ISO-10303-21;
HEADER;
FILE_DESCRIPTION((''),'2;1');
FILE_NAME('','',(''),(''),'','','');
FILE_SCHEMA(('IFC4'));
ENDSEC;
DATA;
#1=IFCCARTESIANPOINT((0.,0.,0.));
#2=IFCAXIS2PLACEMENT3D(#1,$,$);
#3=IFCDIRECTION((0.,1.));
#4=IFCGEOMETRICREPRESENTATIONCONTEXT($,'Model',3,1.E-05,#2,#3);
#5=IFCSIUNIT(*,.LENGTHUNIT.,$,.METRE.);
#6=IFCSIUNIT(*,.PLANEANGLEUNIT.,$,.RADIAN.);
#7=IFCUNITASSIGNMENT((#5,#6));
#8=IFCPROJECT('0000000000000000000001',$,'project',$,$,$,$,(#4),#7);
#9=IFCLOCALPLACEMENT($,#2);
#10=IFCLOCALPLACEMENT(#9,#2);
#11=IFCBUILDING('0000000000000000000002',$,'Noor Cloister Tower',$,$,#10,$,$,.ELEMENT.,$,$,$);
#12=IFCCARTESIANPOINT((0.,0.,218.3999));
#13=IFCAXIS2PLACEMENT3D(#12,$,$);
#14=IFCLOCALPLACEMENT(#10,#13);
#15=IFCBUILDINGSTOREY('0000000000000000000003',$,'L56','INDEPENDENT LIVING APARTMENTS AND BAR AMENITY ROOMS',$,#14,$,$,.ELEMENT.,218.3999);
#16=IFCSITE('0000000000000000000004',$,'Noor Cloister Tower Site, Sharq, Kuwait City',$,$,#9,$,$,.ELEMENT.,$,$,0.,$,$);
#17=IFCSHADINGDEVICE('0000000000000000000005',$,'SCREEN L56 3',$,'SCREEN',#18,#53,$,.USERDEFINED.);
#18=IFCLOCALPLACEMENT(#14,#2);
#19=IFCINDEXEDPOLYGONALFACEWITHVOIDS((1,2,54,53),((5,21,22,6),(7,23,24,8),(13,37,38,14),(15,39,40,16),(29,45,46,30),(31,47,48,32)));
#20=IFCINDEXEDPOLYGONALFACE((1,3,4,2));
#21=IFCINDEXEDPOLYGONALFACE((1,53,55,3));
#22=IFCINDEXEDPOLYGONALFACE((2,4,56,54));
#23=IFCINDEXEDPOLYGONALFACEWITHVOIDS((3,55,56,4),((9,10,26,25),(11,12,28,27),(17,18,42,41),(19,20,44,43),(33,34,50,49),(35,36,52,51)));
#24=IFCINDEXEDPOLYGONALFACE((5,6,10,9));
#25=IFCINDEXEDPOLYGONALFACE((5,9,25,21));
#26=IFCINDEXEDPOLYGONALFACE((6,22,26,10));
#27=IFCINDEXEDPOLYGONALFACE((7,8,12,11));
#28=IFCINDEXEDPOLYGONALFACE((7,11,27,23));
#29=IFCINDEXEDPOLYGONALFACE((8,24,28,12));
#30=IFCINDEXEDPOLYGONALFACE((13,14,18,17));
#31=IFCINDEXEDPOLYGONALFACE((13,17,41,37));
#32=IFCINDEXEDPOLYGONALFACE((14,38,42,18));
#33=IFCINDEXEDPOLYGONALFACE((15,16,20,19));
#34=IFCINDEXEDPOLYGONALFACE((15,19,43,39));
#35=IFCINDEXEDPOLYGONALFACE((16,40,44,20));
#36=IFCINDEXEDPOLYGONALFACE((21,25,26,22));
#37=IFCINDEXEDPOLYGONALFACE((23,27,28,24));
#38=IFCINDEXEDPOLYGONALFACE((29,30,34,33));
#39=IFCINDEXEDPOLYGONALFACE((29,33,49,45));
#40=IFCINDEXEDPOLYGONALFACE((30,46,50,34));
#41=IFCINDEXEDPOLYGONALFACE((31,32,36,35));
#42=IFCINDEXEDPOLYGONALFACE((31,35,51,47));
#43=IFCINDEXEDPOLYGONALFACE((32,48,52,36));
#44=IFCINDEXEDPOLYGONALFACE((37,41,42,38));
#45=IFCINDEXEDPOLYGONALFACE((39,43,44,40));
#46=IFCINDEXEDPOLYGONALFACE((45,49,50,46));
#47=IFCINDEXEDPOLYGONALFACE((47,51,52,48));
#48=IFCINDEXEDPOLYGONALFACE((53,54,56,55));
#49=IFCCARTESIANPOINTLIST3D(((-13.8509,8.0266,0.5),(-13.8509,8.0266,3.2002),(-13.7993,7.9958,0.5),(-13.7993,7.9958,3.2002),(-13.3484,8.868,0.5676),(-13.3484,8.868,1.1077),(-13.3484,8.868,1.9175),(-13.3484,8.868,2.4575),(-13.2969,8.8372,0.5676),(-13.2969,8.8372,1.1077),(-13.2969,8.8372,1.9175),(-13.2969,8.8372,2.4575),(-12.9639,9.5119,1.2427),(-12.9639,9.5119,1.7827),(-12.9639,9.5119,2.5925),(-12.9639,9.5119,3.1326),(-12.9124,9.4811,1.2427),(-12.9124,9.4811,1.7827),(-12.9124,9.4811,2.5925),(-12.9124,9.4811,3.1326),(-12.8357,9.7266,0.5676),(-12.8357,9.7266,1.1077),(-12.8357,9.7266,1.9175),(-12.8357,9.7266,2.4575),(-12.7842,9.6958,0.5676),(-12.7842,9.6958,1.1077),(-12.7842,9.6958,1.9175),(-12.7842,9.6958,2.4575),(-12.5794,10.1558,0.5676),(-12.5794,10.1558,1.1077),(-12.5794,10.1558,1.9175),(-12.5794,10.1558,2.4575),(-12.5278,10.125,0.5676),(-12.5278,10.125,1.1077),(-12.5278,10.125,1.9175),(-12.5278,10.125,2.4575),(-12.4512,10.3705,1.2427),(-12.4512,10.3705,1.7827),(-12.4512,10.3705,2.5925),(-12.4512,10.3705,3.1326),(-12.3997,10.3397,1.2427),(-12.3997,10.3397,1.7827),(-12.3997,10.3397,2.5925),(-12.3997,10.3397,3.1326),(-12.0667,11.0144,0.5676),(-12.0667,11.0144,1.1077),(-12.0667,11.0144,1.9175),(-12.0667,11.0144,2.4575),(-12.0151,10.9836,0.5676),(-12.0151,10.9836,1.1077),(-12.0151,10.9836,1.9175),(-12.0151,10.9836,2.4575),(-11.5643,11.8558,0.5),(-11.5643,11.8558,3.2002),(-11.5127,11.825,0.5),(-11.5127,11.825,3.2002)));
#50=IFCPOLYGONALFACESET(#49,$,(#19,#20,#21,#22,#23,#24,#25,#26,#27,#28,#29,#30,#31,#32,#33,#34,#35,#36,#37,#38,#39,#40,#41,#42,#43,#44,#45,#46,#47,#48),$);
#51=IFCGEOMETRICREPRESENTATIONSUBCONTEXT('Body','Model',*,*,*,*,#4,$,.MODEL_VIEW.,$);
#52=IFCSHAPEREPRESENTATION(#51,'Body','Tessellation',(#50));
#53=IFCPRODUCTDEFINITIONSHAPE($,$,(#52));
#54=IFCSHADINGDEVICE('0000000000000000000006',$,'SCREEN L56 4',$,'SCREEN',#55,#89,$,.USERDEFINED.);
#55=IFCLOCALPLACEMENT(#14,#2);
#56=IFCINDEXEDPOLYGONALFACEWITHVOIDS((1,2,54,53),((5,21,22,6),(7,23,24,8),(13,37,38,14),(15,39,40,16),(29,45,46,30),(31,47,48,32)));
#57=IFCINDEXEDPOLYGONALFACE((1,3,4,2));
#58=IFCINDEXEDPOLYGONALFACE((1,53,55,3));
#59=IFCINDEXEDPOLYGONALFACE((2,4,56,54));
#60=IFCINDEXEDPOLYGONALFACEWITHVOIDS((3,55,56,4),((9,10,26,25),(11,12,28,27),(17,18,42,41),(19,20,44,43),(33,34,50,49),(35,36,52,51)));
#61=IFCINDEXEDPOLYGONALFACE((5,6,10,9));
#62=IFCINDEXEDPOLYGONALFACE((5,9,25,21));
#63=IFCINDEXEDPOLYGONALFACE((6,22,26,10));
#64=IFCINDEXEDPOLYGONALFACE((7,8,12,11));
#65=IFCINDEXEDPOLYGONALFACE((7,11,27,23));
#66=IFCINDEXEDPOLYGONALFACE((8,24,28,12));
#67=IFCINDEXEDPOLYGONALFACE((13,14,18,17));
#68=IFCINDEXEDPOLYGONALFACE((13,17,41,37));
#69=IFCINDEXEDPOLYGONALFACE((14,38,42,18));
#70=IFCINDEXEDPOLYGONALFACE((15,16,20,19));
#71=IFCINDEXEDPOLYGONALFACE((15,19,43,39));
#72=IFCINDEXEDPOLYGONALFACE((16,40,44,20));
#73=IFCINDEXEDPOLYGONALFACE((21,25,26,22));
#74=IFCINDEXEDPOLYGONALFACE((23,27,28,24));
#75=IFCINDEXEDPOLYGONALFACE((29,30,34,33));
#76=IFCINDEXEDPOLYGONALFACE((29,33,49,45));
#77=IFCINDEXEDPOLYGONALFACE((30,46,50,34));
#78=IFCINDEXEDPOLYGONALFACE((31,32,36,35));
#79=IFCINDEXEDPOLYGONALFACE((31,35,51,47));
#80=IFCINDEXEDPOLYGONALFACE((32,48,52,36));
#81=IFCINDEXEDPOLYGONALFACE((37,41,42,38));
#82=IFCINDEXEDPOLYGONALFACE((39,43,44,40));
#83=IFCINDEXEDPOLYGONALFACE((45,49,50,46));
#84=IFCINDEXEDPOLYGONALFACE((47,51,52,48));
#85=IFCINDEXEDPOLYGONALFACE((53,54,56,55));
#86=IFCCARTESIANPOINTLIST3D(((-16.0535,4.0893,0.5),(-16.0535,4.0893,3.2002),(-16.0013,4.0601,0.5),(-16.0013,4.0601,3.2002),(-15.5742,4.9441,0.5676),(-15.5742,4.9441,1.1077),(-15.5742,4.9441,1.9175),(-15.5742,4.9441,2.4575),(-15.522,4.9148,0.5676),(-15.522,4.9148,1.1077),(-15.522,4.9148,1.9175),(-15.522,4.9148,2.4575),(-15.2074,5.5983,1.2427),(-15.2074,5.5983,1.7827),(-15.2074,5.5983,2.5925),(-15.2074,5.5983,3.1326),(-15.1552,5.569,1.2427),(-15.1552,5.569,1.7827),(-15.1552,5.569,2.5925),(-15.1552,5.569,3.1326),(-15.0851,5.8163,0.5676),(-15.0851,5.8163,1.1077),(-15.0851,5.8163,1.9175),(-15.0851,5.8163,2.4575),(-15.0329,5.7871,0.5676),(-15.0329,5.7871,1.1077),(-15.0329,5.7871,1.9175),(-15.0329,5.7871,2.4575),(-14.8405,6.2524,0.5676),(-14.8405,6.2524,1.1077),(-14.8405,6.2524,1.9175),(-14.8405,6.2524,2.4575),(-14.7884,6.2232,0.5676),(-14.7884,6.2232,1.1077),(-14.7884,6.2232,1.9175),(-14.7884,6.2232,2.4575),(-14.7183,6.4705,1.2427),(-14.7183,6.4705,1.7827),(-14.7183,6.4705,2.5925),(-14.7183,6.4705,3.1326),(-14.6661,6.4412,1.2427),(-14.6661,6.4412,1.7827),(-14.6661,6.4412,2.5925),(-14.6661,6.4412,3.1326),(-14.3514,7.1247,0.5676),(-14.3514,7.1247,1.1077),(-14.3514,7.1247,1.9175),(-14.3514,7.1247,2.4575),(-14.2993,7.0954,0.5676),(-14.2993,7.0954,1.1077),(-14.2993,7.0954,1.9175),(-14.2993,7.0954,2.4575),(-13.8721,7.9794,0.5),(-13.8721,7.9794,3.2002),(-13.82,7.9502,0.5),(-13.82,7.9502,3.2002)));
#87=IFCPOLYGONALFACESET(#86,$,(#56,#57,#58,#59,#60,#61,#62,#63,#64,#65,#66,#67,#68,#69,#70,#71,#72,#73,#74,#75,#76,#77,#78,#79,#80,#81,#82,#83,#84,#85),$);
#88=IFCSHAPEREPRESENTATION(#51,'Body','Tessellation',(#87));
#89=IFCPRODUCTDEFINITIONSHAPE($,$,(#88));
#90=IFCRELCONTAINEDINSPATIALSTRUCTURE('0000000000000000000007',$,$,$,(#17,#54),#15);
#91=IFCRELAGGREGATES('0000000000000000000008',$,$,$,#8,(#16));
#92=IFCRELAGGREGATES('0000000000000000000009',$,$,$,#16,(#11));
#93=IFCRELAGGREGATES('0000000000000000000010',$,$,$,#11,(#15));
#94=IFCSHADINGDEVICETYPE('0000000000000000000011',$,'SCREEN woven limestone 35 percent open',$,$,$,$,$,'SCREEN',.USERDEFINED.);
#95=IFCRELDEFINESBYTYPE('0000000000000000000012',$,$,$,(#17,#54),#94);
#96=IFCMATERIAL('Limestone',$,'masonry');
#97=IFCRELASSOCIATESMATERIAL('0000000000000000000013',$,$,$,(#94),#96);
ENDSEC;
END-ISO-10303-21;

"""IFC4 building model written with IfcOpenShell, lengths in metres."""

from ifc_helpers import new_model, si_unit, direction, frame, origin, place, context, subcontext, project, spatial, polyline, outline, extrude, material, material_profile, profile_set, type_object, element, save


model = new_model("IFC4")

# Units and contexts
model_context = context("Model", 3, precision=1e-05, world=origin(), true_north=direction((0.0, 1.0)))
body_context = subcontext(model_context, "Body", "Model", "MODEL_VIEW")
ifc_project = project(units=[si_unit("LENGTHUNIT", "METRE"), si_unit("PLANEANGLEUNIT", "RADIAN")], contexts=[model_context])

# Site, building, storey
site_placement = place(None, origin())
site = spatial("IfcSite", under=ifc_project, at=site_placement, Name="Noor Cloister Tower Site, Sharq, Kuwait City", CompositionType="ELEMENT", RefElevation=0.0)
building_placement = place(site_placement, origin())
building = spatial("IfcBuilding", under=site, at=building_placement, Name="Noor Cloister Tower", CompositionType="ELEMENT")
storey_placement = place(building_placement, frame((0.0, 0.0, 218.3999)))
storey = spatial("IfcBuildingStorey", under=building, at=storey_placement, Name="L56", Description="INDEPENDENT LIVING APARTMENTS AND BAR AMENITY ROOMS", CompositionType="ELEMENT", Elevation=218.3999)

# Shading devices
ifc_material_1 = material(Name="Limestone", Category="masonry")
ifc_material_profile_1 = material_profile(ifc_material_1, outline(polyline([(-2.23, -1.3501), (2.23, -1.3501), (2.23, 1.3501), (-2.23, 1.3501), (-2.23, -1.3501)]), holes=[polyline([(-1.25, -1.2825), (-0.25, -1.2825), (-0.25, -0.7424), (-1.25, -0.7424), (-1.25, -1.2825)]), polyline([(0.25, -1.2825), (1.25, -1.2825), (1.25, -0.7424), (0.25, -0.7424), (0.25, -1.2825)]), polyline([(-0.5, -0.6074), (0.5, -0.6074), (0.5, -0.0674), (-0.5, -0.0674), (-0.5, -0.6074)]), polyline([(-1.25, 0.0674), (-0.25, 0.0674), (-0.25, 0.6074), (-1.25, 0.6074), (-1.25, 0.0674)]), polyline([(0.25, 0.0674), (1.25, 0.0674), (1.25, 0.6074), (0.25, 0.6074), (0.25, 0.0674)]), polyline([(-0.5, 0.7424), (0.5, 0.7424), (0.5, 1.2825), (-0.5, 1.2825), (-0.5, 0.7424)])]), Name="Woven screen 35 percent open")
ifc_profile_set_1 = profile_set([ifc_material_profile_1], Name="Limestone")
shading_device_type = type_object("IfcShadingDeviceType", Name="SCREEN woven limestone 35 percent open", ElementType="SCREEN", PredefinedType="USERDEFINED", material=ifc_profile_set_1)
shading_device_1_placement = place(storey_placement, frame((-12.656, 9.9104, 1.8501), z_axis=(-0.858568, 0.512699, 0.0), x_axis=(-0.512699, -0.858568, 0.0)))
element("IfcShadingDevice", 1, at=shading_device_1_placement, inside=storey, type_object=shading_device_type, Name="SCREEN L56 3", ObjectType="SCREEN", PredefinedType="USERDEFINED", context=body_context, shape_type="SweptSolid", body=[
    extrude(outline(polyline([(-2.23, -1.3501), (2.23, -1.3501), (2.23, 1.3501), (-2.23, 1.3501), (-2.23, -1.3501)]), holes=[polyline([(-1.25, -1.2825), (-0.25, -1.2825), (-0.25, -0.7424), (-1.25, -0.7424), (-1.25, -1.2825)]), polyline([(0.25, -1.2825), (1.25, -1.2825), (1.25, -0.7424), (0.25, -0.7424), (0.25, -1.2825)]), polyline([(-0.5, -0.6074), (0.5, -0.6074), (0.5, -0.0674), (-0.5, -0.0674), (-0.5, -0.6074)]), polyline([(-1.25, 0.0674), (-0.25, 0.0674), (-0.25, 0.6074), (-1.25, 0.6074), (-1.25, 0.0674)]), polyline([(0.25, 0.0674), (1.25, 0.0674), (1.25, 0.6074), (0.25, 0.6074), (0.25, 0.0674)]), polyline([(-0.5, 0.7424), (0.5, 0.7424), (0.5, 1.2825), (-0.5, 1.2825), (-0.5, 0.7424)])]), origin(), (0.0, 0.0, 1.0), 0.0601),
])
shading_device_2_placement = place(storey_placement, frame((-14.9106, 6.0051, 1.8501), z_axis=(-0.872228, 0.4891, 0.0), x_axis=(-0.4891, -0.872228, 0.0)))
element("IfcShadingDevice", 2, at=shading_device_2_placement, inside=storey, type_object=shading_device_type, Name="SCREEN L56 4", ObjectType="SCREEN", PredefinedType="USERDEFINED", context=body_context, shape_type="SweptSolid", body=[
    extrude(outline(polyline([(-2.23, -1.3501), (2.23, -1.3501), (2.23, 1.3501), (-2.23, 1.3501), (-2.23, -1.3501)]), holes=[polyline([(-1.25, -1.2825), (-0.25, -1.2825), (-0.25, -0.7424), (-1.25, -0.7424), (-1.25, -1.2825)]), polyline([(0.25, -1.2825), (1.25, -1.2825), (1.25, -0.7424), (0.25, -0.7424), (0.25, -1.2825)]), polyline([(-0.5, -0.6074), (0.5, -0.6074), (0.5, -0.0674), (-0.5, -0.0674), (-0.5, -0.6074)]), polyline([(-1.25, 0.0674), (-0.25, 0.0674), (-0.25, 0.6074), (-1.25, 0.6074), (-1.25, 0.0674)]), polyline([(0.25, 0.0674), (1.25, 0.0674), (1.25, 0.6074), (0.25, 0.6074), (0.25, 0.0674)]), polyline([(-0.5, 0.7424), (0.5, 0.7424), (0.5, 1.2825), (-0.5, 1.2825), (-0.5, 0.7424)])]), origin(), (0.0, 0.0, 1.0), 0.0598),
])

save(model, "model.ifc")
